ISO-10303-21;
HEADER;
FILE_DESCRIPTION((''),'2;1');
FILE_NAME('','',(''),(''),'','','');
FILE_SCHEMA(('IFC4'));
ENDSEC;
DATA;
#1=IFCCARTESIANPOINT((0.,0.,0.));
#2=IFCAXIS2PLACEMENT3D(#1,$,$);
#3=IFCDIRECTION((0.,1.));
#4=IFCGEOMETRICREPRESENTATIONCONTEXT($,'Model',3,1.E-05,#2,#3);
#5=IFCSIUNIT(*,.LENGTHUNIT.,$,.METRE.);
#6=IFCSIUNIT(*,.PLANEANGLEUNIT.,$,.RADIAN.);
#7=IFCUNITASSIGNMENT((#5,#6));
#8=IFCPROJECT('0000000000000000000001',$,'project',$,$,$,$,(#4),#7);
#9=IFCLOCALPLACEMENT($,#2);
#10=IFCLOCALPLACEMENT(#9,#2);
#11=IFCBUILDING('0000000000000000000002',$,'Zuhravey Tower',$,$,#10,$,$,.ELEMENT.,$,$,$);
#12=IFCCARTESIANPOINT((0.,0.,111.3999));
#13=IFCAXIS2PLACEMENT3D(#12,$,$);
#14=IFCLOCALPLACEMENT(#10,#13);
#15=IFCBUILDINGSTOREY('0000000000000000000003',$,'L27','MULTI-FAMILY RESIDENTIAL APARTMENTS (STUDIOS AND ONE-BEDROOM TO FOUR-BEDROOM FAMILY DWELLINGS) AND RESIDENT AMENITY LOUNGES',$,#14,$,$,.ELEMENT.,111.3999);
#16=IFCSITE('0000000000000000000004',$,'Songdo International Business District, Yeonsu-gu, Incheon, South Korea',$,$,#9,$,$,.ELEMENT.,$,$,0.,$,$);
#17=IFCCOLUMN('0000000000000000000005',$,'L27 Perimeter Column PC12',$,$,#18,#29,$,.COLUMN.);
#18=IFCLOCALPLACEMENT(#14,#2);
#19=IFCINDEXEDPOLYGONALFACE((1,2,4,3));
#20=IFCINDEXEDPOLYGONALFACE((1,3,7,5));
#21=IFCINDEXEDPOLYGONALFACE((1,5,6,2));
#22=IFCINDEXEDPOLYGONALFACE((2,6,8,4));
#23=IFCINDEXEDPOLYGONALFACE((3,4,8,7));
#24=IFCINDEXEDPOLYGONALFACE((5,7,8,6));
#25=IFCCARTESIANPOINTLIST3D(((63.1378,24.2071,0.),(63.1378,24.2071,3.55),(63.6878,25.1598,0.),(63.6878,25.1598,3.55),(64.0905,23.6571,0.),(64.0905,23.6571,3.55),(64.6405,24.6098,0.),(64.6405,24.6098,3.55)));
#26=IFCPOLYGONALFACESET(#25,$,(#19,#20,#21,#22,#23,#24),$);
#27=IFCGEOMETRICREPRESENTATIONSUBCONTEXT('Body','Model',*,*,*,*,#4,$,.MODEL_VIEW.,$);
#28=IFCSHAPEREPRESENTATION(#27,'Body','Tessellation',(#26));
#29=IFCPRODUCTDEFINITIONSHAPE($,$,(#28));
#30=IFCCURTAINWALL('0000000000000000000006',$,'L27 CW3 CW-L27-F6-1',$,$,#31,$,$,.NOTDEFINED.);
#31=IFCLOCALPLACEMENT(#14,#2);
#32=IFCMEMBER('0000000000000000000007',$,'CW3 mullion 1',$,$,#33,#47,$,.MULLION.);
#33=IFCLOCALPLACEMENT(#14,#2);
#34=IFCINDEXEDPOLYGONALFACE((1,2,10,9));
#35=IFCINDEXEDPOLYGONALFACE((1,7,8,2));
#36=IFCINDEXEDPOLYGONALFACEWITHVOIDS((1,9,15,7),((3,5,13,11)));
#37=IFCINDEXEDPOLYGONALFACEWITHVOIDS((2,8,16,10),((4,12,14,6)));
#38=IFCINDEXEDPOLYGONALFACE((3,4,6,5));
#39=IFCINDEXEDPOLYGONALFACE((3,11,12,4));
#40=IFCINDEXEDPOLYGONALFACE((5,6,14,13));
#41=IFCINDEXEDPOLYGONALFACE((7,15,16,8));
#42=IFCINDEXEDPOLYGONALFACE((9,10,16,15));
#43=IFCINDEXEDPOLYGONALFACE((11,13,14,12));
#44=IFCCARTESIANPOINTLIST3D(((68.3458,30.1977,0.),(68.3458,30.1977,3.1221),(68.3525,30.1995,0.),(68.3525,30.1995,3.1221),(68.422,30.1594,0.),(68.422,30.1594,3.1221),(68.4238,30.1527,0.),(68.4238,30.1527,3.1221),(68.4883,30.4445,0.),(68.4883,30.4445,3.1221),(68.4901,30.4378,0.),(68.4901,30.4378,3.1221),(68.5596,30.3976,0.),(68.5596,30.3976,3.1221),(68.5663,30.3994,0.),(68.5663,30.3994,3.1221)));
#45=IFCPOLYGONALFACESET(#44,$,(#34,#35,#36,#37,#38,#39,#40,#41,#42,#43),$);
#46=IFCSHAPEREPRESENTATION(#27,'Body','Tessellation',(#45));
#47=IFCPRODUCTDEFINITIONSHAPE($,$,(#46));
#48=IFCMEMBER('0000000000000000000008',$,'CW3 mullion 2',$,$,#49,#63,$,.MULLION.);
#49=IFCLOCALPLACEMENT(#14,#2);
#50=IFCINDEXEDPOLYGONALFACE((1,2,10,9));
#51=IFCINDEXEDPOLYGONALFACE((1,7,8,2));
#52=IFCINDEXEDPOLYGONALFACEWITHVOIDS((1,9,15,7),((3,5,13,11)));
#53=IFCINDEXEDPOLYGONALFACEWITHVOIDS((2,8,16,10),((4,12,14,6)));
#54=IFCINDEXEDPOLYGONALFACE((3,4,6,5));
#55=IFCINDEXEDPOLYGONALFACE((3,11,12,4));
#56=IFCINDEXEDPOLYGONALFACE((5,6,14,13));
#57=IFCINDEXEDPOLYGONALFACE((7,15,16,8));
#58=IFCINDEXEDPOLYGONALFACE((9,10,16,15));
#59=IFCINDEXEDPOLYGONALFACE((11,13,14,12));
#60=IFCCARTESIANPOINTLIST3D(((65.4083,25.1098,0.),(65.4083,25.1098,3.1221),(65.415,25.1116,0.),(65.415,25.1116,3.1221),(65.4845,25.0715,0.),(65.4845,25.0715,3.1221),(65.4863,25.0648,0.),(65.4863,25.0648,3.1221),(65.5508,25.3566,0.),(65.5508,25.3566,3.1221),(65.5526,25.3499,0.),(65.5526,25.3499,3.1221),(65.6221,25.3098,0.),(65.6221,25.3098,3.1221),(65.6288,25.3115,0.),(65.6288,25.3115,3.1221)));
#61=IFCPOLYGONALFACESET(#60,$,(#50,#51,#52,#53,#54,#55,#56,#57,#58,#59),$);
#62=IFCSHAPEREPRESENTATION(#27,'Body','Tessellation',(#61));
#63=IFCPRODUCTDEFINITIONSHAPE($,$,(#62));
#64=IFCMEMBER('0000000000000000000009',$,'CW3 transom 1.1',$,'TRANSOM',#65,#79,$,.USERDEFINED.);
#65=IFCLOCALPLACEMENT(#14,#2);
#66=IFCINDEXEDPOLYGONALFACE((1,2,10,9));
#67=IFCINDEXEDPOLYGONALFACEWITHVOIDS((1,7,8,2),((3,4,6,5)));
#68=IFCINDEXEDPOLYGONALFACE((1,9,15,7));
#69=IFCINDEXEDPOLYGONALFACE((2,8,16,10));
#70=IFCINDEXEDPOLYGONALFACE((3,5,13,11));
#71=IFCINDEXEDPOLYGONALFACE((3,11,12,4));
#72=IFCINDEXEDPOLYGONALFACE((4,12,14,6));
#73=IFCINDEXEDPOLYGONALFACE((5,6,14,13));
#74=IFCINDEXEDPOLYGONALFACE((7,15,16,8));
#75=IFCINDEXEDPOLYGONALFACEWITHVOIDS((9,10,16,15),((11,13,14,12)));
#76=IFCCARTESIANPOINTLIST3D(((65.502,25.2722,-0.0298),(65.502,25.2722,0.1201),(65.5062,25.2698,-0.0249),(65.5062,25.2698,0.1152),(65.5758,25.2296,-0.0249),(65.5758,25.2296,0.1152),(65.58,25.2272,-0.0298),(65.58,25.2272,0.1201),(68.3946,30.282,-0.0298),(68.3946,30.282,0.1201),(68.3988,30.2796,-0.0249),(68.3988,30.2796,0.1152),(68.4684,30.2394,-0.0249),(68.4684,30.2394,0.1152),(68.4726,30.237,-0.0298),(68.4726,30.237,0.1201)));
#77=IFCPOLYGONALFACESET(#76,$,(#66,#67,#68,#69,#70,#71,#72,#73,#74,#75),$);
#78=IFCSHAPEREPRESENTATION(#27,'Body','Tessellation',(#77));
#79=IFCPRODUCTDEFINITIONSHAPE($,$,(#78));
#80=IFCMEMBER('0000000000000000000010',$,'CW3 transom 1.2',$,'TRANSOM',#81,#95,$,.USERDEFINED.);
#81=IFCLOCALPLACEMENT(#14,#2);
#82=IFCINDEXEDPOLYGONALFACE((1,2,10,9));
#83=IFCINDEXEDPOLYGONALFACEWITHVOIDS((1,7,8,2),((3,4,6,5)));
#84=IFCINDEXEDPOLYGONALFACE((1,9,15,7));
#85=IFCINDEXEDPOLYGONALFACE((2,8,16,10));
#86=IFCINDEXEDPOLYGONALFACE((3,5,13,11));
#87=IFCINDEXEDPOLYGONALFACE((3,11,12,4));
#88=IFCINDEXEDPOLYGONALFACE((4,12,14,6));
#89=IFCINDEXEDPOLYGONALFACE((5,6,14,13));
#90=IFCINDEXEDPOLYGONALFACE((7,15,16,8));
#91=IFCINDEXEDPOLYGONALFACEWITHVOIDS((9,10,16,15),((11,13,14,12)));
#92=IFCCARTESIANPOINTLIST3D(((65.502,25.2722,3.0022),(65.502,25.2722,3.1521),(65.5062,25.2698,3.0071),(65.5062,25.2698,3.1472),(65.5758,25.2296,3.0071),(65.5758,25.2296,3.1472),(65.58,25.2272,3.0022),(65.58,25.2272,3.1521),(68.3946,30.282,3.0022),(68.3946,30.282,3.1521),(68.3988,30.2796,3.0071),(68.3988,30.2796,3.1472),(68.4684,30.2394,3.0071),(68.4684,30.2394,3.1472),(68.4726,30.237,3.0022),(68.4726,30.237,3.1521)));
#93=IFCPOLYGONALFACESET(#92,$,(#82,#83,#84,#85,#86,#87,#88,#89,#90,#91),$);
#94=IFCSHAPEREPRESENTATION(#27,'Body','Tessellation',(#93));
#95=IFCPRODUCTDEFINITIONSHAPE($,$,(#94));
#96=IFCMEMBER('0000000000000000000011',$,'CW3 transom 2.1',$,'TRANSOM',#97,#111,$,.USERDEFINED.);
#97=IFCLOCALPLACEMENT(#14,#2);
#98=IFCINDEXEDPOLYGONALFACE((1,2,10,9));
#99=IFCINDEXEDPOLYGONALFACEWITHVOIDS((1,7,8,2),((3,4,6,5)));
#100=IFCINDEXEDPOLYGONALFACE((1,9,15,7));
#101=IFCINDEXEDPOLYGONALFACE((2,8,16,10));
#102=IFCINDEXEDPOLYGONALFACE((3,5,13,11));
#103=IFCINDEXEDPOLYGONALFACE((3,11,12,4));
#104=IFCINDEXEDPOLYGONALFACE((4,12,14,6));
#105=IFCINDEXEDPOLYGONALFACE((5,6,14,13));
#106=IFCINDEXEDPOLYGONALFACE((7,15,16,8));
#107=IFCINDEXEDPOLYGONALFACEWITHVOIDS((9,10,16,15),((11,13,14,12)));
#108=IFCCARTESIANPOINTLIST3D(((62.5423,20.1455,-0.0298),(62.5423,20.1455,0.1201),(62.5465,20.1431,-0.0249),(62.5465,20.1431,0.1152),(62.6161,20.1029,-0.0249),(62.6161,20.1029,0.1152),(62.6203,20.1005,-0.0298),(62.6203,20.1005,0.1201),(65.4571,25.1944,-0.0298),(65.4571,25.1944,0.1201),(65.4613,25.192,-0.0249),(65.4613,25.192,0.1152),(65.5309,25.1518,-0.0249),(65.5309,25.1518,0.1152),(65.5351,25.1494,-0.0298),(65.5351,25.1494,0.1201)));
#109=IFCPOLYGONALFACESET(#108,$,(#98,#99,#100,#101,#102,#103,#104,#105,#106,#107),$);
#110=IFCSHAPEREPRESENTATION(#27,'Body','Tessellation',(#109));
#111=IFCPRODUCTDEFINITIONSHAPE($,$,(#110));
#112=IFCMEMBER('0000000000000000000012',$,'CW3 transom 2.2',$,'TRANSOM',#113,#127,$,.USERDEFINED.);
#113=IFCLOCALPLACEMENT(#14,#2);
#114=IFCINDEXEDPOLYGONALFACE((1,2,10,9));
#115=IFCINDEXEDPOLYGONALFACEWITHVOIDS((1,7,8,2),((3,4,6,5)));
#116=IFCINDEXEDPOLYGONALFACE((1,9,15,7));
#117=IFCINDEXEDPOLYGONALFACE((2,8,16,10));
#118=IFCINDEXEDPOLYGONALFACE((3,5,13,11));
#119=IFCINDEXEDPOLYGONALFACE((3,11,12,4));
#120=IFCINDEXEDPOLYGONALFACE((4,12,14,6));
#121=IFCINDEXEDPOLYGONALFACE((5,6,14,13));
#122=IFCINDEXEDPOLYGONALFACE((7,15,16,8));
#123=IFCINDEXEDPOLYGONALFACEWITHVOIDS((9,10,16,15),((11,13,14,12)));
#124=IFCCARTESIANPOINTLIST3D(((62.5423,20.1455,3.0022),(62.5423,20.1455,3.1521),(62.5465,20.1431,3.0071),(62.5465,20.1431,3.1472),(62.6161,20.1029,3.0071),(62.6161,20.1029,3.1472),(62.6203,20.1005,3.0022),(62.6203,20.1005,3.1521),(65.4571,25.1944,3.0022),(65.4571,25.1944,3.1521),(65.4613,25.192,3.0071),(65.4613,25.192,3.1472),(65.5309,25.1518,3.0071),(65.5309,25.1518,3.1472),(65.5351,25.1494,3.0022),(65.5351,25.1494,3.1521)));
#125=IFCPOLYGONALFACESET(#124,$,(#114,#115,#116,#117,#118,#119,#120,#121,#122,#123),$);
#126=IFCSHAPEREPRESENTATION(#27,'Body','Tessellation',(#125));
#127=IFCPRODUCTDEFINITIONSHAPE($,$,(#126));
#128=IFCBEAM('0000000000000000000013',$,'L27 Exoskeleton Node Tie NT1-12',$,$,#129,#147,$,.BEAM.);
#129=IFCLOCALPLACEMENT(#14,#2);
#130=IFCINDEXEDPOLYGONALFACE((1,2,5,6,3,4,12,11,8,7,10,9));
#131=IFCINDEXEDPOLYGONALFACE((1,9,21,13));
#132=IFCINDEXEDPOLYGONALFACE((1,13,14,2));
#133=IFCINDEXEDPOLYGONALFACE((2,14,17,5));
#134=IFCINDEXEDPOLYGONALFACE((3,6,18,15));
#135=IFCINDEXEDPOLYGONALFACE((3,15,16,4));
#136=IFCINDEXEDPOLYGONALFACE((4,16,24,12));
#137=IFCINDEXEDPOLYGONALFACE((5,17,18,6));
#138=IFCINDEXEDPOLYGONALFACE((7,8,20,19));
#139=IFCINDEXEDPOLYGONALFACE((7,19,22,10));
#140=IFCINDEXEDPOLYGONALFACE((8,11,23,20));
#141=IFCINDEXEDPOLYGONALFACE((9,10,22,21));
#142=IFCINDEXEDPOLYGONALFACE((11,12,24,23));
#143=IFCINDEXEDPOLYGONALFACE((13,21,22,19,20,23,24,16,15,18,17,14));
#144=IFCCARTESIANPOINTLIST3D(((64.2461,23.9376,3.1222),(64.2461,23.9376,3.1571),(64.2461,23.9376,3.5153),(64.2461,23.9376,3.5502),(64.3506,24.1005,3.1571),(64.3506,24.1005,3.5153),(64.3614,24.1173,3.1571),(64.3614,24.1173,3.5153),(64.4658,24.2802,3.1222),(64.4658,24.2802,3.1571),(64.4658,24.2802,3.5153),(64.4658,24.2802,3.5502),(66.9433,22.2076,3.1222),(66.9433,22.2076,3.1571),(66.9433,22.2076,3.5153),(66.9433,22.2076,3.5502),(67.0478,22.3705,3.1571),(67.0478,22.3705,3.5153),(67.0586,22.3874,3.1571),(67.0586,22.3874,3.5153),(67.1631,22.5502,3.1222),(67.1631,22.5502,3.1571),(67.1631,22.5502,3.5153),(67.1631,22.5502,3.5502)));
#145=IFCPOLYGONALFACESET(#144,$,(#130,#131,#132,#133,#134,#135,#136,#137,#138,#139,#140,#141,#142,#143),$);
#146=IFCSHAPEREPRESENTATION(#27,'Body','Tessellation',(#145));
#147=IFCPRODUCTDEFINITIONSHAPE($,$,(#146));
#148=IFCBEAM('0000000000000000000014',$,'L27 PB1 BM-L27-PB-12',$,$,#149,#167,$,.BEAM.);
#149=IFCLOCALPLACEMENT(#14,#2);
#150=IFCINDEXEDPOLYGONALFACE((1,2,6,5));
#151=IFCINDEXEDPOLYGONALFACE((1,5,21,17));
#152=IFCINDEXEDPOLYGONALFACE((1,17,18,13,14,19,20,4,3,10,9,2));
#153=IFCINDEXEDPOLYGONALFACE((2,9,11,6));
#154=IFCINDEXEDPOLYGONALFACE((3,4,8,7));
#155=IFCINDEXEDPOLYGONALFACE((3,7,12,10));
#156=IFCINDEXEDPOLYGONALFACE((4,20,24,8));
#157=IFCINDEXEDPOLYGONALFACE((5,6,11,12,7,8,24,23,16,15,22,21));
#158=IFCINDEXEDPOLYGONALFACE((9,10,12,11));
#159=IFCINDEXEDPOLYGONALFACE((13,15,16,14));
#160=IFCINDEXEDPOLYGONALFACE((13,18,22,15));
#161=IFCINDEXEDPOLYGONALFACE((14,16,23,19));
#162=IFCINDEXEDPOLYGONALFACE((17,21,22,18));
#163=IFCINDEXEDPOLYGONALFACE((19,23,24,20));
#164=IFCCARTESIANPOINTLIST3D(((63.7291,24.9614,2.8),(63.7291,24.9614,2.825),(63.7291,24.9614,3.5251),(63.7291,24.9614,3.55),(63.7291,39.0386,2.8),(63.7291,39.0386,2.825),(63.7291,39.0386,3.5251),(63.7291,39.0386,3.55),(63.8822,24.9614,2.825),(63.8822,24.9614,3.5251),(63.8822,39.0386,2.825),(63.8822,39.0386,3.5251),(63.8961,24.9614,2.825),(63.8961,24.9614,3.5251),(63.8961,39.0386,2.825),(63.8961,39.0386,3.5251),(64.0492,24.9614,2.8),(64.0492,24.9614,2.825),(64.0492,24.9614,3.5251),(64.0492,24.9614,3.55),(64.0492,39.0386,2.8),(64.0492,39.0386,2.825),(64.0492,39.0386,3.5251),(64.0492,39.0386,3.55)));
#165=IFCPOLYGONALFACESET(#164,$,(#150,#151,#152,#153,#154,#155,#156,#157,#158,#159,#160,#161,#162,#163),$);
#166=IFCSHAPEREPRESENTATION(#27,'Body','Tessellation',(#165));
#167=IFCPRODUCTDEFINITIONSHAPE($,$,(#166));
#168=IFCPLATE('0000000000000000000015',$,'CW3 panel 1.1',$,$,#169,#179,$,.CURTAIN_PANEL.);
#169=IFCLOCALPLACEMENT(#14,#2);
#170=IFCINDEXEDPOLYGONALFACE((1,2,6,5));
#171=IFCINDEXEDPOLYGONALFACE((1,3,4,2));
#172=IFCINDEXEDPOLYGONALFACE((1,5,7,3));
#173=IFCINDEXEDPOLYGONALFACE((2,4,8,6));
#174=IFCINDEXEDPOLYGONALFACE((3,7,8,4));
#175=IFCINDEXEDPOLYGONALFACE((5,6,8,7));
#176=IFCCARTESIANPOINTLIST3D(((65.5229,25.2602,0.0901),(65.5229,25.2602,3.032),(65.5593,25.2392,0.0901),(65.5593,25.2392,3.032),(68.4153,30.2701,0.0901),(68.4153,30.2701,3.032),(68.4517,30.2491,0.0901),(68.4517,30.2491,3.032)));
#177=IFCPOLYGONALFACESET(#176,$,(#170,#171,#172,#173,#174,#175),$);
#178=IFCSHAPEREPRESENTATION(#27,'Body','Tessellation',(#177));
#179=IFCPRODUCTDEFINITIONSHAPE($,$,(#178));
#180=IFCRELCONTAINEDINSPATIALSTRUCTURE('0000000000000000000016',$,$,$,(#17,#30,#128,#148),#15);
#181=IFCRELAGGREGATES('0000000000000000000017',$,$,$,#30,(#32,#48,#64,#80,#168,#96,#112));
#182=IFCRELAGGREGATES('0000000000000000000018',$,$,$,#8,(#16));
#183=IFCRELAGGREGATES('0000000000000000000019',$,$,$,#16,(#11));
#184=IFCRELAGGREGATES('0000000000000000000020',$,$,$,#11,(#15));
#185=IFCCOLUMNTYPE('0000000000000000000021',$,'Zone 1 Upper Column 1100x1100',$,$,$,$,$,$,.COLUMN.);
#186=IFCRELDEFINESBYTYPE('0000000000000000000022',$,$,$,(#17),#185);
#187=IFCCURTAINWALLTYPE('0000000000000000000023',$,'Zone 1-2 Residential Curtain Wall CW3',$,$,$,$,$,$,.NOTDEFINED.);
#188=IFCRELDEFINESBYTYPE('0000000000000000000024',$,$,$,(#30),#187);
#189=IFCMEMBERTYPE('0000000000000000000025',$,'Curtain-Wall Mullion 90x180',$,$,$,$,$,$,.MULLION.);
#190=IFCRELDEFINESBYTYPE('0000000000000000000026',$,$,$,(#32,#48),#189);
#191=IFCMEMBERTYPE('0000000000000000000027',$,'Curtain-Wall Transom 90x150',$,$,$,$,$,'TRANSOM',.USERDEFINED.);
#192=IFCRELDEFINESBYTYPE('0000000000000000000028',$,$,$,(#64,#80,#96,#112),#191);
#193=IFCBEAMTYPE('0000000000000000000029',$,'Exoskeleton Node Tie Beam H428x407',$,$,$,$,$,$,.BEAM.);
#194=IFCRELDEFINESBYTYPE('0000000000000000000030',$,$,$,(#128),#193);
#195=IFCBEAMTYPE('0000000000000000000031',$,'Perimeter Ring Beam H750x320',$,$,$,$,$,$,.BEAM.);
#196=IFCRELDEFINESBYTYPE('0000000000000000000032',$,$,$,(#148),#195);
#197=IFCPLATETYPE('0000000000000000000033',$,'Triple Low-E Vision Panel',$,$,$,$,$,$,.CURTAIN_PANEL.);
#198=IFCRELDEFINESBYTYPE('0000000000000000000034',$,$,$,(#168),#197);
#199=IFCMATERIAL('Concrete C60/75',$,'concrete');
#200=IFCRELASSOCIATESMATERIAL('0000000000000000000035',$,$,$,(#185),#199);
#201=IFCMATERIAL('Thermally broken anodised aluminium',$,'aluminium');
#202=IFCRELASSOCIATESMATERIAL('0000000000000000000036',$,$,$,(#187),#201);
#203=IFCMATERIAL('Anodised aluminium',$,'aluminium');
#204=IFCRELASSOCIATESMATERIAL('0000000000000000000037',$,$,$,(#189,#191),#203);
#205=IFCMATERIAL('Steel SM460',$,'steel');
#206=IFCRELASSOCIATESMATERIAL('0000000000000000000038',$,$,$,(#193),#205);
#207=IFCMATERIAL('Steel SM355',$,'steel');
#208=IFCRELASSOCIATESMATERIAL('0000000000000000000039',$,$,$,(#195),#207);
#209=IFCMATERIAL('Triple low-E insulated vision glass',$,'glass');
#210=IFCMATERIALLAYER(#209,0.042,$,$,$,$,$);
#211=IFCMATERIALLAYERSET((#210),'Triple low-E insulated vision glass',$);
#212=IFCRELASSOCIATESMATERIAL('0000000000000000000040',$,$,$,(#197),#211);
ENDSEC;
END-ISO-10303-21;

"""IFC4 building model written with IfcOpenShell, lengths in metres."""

from ifc_helpers import new_model, si_unit, direction, frame, origin, origin_2d, place, context, subcontext, project, spatial, rectangle, hollow_rectangle, i_section, extrude, material, layer, layer_set, material_profile, profile_set, type_object, element, aggregate, save


model = new_model("IFC4")

# Units and contexts
model_context = context("Model", 3, precision=1e-05, world=origin(), true_north=direction((0.0, 1.0)))
body_context = subcontext(model_context, "Body", "Model", "MODEL_VIEW")
ifc_project = project(units=[si_unit("LENGTHUNIT", "METRE"), si_unit("PLANEANGLEUNIT", "RADIAN")], contexts=[model_context])

# Site, building, storey
site_placement = place(None, origin())
site = spatial("IfcSite", under=ifc_project, at=site_placement, Name="Songdo International Business District, Yeonsu-gu, Incheon, South Korea", CompositionType="ELEMENT", RefElevation=0.0)
building_placement = place(site_placement, origin())
building = spatial("IfcBuilding", under=site, at=building_placement, Name="Zuhravey Tower", CompositionType="ELEMENT")
storey_placement = place(building_placement, frame((0.0, 0.0, 111.3999)))
storey = spatial("IfcBuildingStorey", under=building, at=storey_placement, Name="L27", Description="MULTI-FAMILY RESIDENTIAL APARTMENTS (STUDIOS AND ONE-BEDROOM TO FOUR-BEDROOM FAMILY DWELLINGS) AND RESIDENT AMENITY LOUNGES", CompositionType="ELEMENT", Elevation=111.3999)

# Column
ifc_material_1 = material(Name="Concrete C60/75", Category="concrete")
ifc_material_profile_1 = material_profile(ifc_material_1, rectangle(XDim=1.1001, YDim=1.1001, at=origin_2d()), Name="RC-1100x1100")
ifc_profile_set_1 = profile_set([ifc_material_profile_1], Name="Concrete C60/75")
column_type = type_object("IfcColumnType", Name="Zone 1 Upper Column 1100x1100", PredefinedType="COLUMN", material=ifc_profile_set_1)
column_placement = place(storey_placement, frame((63.8892, 24.4084, 0.0), z_axis=(0.0, 0.0, 1.0), x_axis=(0.5, 0.866025, 0.0)))
element("IfcColumn", 1, at=column_placement, inside=storey, type_object=column_type, Name="L27 Perimeter Column PC12", PredefinedType="COLUMN", context=body_context, shape_type="SweptSolid", body=[
    extrude(rectangle(XDim=1.1001, YDim=1.1001, at=origin_2d()), origin(), (0.0, 0.0, 1.0), 3.55),
])

# Curtain wall, members
ifc_material_2 = material(Name="Thermally broken anodised aluminium", Category="aluminium")
curtain_wall_type = type_object("IfcCurtainWallType", Name="Zone 1-2 Residential Curtain Wall CW3", PredefinedType="NOTDEFINED", material=ifc_material_2)
curtain_wall_placement = place(storey_placement, origin())
curtain_wall = element("IfcCurtainWall", 2, at=curtain_wall_placement, inside=storey, type_object=curtain_wall_type, Name="L27 CW3 CW-L27-F6-1", PredefinedType="NOTDEFINED")
ifc_material_3 = material(Name="Anodised aluminium", Category="aluminium")
ifc_material_profile_2 = material_profile(ifc_material_3, hollow_rectangle(XDim=0.0901, YDim=0.2849, WallThickness=0.0049, at=origin_2d()), Name="ALU-RHS-90x285x5")
ifc_profile_set_2 = profile_set([ifc_material_profile_2], Name="Anodised aluminium")
member_type_1 = type_object("IfcMemberType", Name="Curtain-Wall Mullion 90x180", PredefinedType="MULLION", material=ifc_profile_set_2)
member_1_placement = place(storey_placement, frame((68.4561, 30.2986, 0.0), z_axis=(0.0, 0.0, 1.0), x_axis=(0.866026, -0.5, 0.0)))
member_1 = element("IfcMember", 3, at=member_1_placement, type_object=member_type_1, Name="CW3 mullion 1", PredefinedType="MULLION", context=body_context, shape_type="SweptSolid", body=[
    extrude(hollow_rectangle(XDim=0.0901, YDim=0.2849, WallThickness=0.0049, at=origin_2d()), origin(), (0.0, 0.0, 1.0), 3.1221),
])
member_2_placement = place(storey_placement, frame((65.5186, 25.2107, 0.0), z_axis=(0.0, 0.0, 1.0), x_axis=(0.866026, -0.5, 0.0)))
member_2 = element("IfcMember", 4, at=member_2_placement, type_object=member_type_1, Name="CW3 mullion 2", PredefinedType="MULLION", context=body_context, shape_type="SweptSolid", body=[
    extrude(hollow_rectangle(XDim=0.0901, YDim=0.2849, WallThickness=0.0049, at=origin_2d()), origin(), (0.0, 0.0, 1.0), 3.1221),
])
ifc_material_profile_3 = material_profile(ifc_material_3, hollow_rectangle(XDim=0.0901, YDim=0.1499, WallThickness=0.0049, at=origin_2d()), Name="ALU-RHS-90x150x5")
ifc_profile_set_3 = profile_set([ifc_material_profile_3], Name="Anodised aluminium")
member_type_2 = type_object("IfcMemberType", Name="Curtain-Wall Transom 90x150", ElementType="TRANSOM", PredefinedType="USERDEFINED", material=ifc_profile_set_3)
member_3_placement = place(storey_placement, frame((68.4336, 30.2595, 0.0452), z_axis=(-0.500024, -0.866011, 0.0), x_axis=(0.866011, -0.500024, 0.0)))
member_3 = element("IfcMember", 5, at=member_3_placement, type_object=member_type_2, Name="CW3 transom 1.1", ObjectType="TRANSOM", PredefinedType="USERDEFINED", context=body_context, shape_type="SweptSolid", body=[
    extrude(hollow_rectangle(XDim=0.0901, YDim=0.1499, WallThickness=0.0049, at=origin_2d()), origin(), (0.0, 0.0, 1.0), 5.7849),
])
member_4_placement = place(storey_placement, frame((68.4336, 30.2595, 3.0771), z_axis=(-0.500024, -0.866011, 0.0), x_axis=(0.866011, -0.500024, 0.0)))
member_4 = element("IfcMember", 6, at=member_4_placement, type_object=member_type_2, Name="CW3 transom 1.2", ObjectType="TRANSOM", PredefinedType="USERDEFINED", context=body_context, shape_type="SweptSolid", body=[
    extrude(hollow_rectangle(XDim=0.0901, YDim=0.1499, WallThickness=0.0049, at=origin_2d()), origin(), (0.0, 0.0, 1.0), 5.7849),
])
member_5_placement = place(storey_placement, frame((65.4961, 25.1719, 0.0452), z_axis=(-0.499981, -0.866036, 0.0), x_axis=(0.866036, -0.499981, 0.0)))
member_5 = element("IfcMember", 7, at=member_5_placement, type_object=member_type_2, Name="CW3 transom 2.1", ObjectType="TRANSOM", PredefinedType="USERDEFINED", context=body_context, shape_type="SweptSolid", body=[
    extrude(hollow_rectangle(XDim=0.0901, YDim=0.1499, WallThickness=0.0049, at=origin_2d()), origin(), (0.0, 0.0, 1.0), 5.8298),
])
member_6_placement = place(storey_placement, frame((65.4961, 25.1719, 3.0771), z_axis=(-0.499981, -0.866036, 0.0), x_axis=(0.866036, -0.499981, 0.0)))
member_6 = element("IfcMember", 8, at=member_6_placement, type_object=member_type_2, Name="CW3 transom 2.2", ObjectType="TRANSOM", PredefinedType="USERDEFINED", context=body_context, shape_type="SweptSolid", body=[
    extrude(hollow_rectangle(XDim=0.0901, YDim=0.1499, WallThickness=0.0049, at=origin_2d()), origin(), (0.0, 0.0, 1.0), 5.8298),
])

# Beams
ifc_material_4 = material(Name="Steel SM460", Category="steel")
ifc_material_profile_4 = material_profile(ifc_material_4, i_section(OverallWidth=0.407, OverallDepth=0.428, WebThickness=0.02, FlangeThickness=0.0349, at=origin_2d()), Name="H-428x407x20x35")
ifc_profile_set_4 = profile_set([ifc_material_profile_4], Name="Steel SM460")
beam_type_1 = type_object("IfcBeamType", Name="Exoskeleton Node Tie Beam H428x407", PredefinedType="BEAM", material=ifc_profile_set_4)
beam_1_placement = place(storey_placement, frame((64.356, 24.1089, 3.3362), z_axis=(0.841742, -0.539879, 0.0), x_axis=(0.539879, 0.841742, 0.0)))
element("IfcBeam", 9, at=beam_1_placement, inside=storey, type_object=beam_type_1, Name="L27 Exoskeleton Node Tie NT1-12", PredefinedType="BEAM", context=body_context, shape_type="SweptSolid", body=[
    extrude(i_section(OverallWidth=0.407, OverallDepth=0.428, WebThickness=0.02, FlangeThickness=0.0349, at=origin_2d()), origin(), (0.0, 0.0, 1.0), 3.2043),
])
ifc_material_5 = material(Name="Steel SM355", Category="steel")
ifc_material_profile_5 = material_profile(ifc_material_5, i_section(OverallWidth=0.3201, OverallDepth=0.75, WebThickness=0.0139, FlangeThickness=0.0249, at=origin_2d()), Name="H-750x320x14x25")
ifc_profile_set_5 = profile_set([ifc_material_profile_5], Name="Steel SM355")
beam_type_2 = type_object("IfcBeamType", Name="Perimeter Ring Beam H750x320", PredefinedType="BEAM", material=ifc_profile_set_5)
beam_2_placement = place(storey_placement, frame((63.8892, 24.9614, 3.175), z_axis=(0.0, 1.0, 0.0), x_axis=(-1.0, 0.0, 0.0)))
element("IfcBeam", 10, at=beam_2_placement, inside=storey, type_object=beam_type_2, Name="L27 PB1 BM-L27-PB-12", PredefinedType="BEAM", context=body_context, shape_type="SweptSolid", body=[
    extrude(i_section(OverallWidth=0.3201, OverallDepth=0.75, WebThickness=0.0139, FlangeThickness=0.0249, at=origin_2d()), origin(), (0.0, 0.0, 1.0), 14.0771),
])

# Plate
ifc_material_6 = material(Name="Triple low-E insulated vision glass", Category="glass")
ifc_layer_1 = layer(ifc_material_6, 0.042)
ifc_layer_set_1 = layer_set([ifc_layer_1], Name="Triple low-E insulated vision glass")
plate_type = type_object("IfcPlateType", Name="Triple Low-E Vision Panel", PredefinedType="CURTAIN_PANEL", material=ifc_layer_set_1)
plate_1_placement = place(storey_placement, frame((66.9873, 27.7546, 0.0901), z_axis=(0.0, 0.0, 1.0), x_axis=(-0.5, -0.866026, 0.0)))
plate_1 = element("IfcPlate", 11, at=plate_1_placement, type_object=plate_type, Name="CW3 panel 1.1", PredefinedType="CURTAIN_PANEL", context=body_context, shape_type="SweptSolid", body=[
    extrude(rectangle(XDim=5.7849, YDim=0.042, at=origin_2d()), origin(), (0.0, 0.0, 1.0), 2.9419),
])
aggregate(curtain_wall, [member_1, member_2, member_3, member_4, plate_1, member_5, member_6])

save(model, "model.ifc")
